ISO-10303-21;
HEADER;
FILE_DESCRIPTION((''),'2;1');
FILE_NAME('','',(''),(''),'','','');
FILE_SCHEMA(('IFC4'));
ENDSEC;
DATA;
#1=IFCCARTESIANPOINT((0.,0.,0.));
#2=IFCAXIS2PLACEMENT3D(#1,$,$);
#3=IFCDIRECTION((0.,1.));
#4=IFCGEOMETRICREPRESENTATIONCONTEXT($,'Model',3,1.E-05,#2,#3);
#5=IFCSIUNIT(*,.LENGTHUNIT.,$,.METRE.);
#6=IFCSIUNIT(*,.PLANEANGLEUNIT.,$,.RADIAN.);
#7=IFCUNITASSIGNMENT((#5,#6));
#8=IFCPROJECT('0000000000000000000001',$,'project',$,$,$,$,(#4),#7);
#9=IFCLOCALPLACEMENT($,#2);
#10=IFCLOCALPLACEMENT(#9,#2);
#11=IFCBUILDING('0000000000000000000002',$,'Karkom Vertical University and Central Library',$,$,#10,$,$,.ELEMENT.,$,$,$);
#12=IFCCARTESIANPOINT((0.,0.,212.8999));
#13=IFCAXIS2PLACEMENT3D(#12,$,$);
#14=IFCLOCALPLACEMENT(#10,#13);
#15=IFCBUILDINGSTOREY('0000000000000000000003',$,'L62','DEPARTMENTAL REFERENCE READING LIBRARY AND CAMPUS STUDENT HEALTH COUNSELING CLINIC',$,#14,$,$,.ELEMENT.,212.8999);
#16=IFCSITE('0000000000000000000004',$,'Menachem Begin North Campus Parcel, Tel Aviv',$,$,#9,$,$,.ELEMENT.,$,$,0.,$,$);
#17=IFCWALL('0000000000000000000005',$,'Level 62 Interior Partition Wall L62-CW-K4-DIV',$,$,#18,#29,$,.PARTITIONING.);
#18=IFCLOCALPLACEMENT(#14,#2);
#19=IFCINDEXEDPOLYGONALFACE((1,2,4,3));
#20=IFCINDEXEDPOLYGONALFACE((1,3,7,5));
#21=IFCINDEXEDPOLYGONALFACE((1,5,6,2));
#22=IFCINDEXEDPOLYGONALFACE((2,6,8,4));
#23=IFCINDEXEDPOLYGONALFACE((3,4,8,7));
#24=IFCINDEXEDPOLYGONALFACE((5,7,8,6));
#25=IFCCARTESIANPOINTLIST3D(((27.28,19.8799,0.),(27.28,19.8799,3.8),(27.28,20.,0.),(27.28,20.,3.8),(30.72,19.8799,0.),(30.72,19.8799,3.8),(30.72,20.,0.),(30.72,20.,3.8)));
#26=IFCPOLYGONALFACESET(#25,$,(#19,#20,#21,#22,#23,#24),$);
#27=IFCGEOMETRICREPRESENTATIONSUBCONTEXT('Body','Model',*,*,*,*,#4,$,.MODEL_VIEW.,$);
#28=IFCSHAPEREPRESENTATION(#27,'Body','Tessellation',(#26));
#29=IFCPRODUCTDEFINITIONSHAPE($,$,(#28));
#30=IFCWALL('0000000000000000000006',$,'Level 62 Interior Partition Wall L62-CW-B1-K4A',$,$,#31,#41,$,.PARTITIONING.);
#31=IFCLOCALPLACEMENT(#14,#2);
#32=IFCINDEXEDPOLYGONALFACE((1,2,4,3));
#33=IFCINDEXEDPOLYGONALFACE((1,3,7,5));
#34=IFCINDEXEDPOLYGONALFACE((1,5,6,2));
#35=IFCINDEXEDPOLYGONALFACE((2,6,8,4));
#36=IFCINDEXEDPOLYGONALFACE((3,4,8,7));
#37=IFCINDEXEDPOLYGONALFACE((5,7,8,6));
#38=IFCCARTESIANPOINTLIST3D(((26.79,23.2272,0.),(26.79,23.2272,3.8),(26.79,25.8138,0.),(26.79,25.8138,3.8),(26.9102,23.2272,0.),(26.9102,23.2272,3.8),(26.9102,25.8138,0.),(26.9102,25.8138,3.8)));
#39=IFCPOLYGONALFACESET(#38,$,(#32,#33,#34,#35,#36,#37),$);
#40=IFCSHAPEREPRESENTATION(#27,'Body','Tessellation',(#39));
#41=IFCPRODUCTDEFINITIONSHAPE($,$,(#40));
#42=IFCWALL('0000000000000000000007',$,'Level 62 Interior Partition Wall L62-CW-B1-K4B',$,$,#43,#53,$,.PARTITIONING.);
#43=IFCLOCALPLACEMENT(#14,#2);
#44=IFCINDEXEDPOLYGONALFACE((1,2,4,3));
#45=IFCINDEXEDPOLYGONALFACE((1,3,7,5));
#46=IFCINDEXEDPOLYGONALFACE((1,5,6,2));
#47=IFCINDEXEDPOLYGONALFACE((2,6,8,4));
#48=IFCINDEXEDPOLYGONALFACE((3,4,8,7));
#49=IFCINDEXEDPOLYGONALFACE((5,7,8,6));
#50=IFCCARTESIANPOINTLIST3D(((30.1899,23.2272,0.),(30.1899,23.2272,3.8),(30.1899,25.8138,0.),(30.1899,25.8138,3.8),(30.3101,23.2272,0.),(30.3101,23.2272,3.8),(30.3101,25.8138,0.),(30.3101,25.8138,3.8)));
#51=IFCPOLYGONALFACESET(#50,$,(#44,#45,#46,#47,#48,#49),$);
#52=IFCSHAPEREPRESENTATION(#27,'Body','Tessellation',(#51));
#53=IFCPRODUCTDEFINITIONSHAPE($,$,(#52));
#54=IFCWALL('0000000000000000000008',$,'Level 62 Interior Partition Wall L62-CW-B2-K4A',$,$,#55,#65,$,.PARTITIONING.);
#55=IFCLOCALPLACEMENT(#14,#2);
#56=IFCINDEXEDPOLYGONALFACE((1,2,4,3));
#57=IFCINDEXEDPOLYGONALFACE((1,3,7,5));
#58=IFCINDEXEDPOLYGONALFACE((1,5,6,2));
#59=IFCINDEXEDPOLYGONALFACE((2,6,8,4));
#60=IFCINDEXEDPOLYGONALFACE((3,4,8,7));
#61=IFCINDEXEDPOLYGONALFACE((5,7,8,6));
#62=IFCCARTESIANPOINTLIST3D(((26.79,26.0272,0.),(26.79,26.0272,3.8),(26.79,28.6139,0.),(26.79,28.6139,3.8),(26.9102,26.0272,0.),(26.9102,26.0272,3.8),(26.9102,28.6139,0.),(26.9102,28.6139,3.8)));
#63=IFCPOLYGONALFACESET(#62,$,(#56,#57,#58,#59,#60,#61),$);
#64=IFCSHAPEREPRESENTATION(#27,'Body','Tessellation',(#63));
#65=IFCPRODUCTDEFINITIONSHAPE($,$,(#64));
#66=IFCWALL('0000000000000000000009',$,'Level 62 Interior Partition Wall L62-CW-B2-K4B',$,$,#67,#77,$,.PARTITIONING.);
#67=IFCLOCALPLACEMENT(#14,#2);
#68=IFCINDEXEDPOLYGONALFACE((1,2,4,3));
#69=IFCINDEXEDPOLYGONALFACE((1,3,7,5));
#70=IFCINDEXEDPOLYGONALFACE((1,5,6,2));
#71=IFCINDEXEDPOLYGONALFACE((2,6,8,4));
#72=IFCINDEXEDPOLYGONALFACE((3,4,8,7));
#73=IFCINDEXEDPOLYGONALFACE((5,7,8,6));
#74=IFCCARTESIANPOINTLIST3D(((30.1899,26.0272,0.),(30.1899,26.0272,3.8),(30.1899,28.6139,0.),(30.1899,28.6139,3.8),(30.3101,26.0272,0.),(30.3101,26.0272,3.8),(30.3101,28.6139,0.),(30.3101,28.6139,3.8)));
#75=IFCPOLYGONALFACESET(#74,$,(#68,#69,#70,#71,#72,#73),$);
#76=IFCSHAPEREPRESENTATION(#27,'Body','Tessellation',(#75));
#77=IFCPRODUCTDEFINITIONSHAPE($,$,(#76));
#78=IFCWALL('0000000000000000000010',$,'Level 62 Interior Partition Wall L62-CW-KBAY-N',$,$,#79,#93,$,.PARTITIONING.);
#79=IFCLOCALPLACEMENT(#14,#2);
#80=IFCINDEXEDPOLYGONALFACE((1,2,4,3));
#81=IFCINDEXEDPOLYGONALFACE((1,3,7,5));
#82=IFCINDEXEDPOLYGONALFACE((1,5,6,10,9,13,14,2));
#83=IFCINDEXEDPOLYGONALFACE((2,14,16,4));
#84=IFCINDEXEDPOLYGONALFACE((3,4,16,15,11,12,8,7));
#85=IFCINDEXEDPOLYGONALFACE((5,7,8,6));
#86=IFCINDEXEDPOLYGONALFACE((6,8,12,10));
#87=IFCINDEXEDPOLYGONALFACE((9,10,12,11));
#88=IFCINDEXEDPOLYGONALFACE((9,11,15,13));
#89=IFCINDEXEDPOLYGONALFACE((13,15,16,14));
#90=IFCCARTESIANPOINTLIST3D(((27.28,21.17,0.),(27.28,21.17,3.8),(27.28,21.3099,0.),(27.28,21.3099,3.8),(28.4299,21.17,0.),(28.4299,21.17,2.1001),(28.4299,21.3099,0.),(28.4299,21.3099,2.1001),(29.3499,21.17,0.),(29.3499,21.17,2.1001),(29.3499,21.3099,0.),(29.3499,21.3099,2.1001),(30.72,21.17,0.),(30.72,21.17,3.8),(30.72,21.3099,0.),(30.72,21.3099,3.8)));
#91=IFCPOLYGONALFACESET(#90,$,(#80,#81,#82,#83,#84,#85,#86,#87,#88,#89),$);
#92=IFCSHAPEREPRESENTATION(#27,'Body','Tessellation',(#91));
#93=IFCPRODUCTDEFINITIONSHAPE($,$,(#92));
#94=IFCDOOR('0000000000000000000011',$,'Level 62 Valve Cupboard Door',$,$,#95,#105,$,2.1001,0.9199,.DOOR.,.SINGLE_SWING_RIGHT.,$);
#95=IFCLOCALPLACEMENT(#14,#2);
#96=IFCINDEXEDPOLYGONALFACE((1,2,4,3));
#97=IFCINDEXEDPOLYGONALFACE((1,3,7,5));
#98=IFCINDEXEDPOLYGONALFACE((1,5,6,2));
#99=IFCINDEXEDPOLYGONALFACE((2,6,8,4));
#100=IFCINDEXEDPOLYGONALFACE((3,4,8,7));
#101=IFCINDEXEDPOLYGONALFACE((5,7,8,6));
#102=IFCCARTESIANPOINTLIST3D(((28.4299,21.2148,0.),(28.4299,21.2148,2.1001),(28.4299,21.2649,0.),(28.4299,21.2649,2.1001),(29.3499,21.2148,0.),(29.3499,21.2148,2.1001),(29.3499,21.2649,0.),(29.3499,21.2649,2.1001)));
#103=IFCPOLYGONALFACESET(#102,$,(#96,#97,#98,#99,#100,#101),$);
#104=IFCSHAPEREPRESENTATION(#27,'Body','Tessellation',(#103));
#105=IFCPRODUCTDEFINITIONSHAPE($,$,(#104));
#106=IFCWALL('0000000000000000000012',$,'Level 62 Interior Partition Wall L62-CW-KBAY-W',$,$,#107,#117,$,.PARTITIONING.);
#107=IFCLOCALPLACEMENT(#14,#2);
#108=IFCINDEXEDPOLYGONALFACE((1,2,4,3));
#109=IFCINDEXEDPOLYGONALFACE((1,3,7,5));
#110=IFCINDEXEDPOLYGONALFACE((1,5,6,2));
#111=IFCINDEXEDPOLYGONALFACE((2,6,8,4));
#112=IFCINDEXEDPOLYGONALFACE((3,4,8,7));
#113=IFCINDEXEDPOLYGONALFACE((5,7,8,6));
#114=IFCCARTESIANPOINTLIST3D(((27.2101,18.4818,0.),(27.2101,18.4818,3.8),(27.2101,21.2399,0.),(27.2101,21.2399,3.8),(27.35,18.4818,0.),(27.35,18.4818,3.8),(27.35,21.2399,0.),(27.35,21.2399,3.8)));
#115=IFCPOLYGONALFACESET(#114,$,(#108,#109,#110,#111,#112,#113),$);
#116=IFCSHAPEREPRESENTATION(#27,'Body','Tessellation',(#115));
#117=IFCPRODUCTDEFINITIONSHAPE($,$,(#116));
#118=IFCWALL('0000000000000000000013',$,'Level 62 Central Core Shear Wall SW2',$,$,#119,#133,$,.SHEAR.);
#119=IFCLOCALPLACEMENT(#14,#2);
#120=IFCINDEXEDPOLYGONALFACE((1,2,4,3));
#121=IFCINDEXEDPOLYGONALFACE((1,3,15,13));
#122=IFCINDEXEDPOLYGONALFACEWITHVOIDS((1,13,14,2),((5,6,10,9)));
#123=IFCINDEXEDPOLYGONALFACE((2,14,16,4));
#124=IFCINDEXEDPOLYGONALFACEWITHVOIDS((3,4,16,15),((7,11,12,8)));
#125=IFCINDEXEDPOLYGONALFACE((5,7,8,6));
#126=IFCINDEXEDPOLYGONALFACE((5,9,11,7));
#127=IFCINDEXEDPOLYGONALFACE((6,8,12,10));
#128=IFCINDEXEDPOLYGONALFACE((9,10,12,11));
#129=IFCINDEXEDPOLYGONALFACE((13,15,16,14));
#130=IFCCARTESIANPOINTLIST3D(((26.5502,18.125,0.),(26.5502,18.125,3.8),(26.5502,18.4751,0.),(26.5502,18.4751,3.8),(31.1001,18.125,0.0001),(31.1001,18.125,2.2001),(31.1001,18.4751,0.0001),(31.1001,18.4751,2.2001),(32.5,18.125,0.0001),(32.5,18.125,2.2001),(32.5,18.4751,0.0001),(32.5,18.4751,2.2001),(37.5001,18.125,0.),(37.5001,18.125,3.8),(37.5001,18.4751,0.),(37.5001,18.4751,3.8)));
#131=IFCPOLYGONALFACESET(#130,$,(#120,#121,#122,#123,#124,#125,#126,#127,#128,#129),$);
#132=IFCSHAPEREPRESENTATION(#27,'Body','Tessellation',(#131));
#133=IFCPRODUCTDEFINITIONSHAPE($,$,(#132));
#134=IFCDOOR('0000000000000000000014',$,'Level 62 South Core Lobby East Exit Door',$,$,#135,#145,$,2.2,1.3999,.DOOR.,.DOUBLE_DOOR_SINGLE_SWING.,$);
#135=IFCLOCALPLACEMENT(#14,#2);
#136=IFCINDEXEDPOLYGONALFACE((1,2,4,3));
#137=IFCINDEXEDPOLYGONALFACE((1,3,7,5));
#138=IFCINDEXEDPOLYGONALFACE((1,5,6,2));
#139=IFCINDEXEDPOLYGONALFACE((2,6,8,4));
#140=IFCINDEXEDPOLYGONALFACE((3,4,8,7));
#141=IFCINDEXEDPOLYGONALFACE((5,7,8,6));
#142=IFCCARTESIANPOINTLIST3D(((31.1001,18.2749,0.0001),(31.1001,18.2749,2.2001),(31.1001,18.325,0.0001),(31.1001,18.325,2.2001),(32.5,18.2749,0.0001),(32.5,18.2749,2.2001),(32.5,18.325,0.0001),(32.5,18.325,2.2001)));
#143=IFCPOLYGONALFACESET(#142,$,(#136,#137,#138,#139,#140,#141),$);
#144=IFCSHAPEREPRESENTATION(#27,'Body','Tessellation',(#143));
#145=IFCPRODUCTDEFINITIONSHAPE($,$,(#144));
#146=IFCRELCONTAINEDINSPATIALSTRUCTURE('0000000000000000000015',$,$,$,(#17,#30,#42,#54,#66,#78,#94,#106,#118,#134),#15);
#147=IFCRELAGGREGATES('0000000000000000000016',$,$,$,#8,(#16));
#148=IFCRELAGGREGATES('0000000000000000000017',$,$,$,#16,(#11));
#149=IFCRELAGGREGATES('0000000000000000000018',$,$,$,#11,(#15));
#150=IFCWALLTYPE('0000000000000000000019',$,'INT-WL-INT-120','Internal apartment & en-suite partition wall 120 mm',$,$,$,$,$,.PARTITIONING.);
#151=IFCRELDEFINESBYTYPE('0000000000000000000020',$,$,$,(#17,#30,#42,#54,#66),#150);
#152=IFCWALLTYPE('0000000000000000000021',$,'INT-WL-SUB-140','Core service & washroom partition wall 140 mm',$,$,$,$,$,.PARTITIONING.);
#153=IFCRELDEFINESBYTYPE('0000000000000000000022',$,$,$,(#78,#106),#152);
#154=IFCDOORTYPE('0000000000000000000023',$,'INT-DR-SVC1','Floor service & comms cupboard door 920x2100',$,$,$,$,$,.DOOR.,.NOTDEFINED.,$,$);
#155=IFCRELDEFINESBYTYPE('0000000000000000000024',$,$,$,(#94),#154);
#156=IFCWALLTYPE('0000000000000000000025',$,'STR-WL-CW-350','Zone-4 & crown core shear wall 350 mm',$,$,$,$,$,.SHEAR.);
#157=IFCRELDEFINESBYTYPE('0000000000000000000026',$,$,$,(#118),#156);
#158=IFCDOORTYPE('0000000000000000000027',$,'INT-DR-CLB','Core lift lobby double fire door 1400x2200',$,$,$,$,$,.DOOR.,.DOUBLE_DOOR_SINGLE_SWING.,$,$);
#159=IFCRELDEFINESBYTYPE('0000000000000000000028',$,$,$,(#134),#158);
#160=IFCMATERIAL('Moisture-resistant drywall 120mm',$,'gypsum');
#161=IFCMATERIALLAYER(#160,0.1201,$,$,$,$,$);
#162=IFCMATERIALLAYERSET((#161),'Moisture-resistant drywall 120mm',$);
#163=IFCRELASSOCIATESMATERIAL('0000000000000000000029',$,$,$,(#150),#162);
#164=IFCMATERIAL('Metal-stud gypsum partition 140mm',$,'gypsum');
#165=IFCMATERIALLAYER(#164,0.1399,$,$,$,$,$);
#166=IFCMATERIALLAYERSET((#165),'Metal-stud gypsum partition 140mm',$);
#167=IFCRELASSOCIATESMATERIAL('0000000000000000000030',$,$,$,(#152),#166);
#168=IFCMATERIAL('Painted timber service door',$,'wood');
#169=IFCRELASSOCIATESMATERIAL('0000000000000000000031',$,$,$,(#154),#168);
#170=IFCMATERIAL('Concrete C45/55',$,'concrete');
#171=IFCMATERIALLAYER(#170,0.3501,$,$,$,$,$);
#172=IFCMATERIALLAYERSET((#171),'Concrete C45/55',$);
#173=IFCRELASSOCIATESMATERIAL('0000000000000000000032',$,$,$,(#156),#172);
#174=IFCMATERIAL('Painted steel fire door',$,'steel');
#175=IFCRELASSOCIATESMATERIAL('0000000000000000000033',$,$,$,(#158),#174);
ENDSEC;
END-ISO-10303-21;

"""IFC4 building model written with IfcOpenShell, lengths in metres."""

from ifc_helpers import new_model, si_unit, direction, frame, frame_2d, origin, origin_with_axes, place, context, subcontext, project, spatial, rectangle, extrude, source, transform, mapped, material, layer, layer_set, type_object, element, fill, save


model = new_model("IFC4")

# Units and contexts
model_context = context("Model", 3, precision=1e-05, world=origin(), true_north=direction((0.0, 1.0)))
body_context = subcontext(model_context, "Body", "Model", "MODEL_VIEW")
ifc_project = project(units=[si_unit("LENGTHUNIT", "METRE"), si_unit("PLANEANGLEUNIT", "RADIAN")], contexts=[model_context])

# Site, building, storey
site_placement = place(None, origin())
site = spatial("IfcSite", under=ifc_project, at=site_placement, Name="Menachem Begin North Campus Parcel, Tel Aviv", CompositionType="ELEMENT", RefElevation=0.0)
building_placement = place(site_placement, origin())
building = spatial("IfcBuilding", under=site, at=building_placement, Name="Karkom Vertical University and Central Library", CompositionType="ELEMENT")
storey_placement = place(building_placement, frame((0.0, 0.0, 212.8999)))
storey = spatial("IfcBuildingStorey", under=building, at=storey_placement, Name="L62", Description="DEPARTMENTAL REFERENCE READING LIBRARY AND CAMPUS STUDENT HEALTH COUNSELING CLINIC", CompositionType="ELEMENT", Elevation=212.8999)

# Shared definitions
ifc_material_1 = material(Name="Concrete C45/55", Category="concrete")

# Walls
ifc_material_2 = material(Name="Moisture-resistant drywall 120mm", Category="gypsum")
ifc_layer_1 = layer(ifc_material_2, 0.1201)
ifc_layer_set_1 = layer_set([ifc_layer_1], Name="Moisture-resistant drywall 120mm")
wall_type_1 = type_object("IfcWallType", Name="INT-WL-INT-120", Description="Internal apartment & en-suite partition wall 120 mm", PredefinedType="PARTITIONING", material=ifc_layer_set_1)
wall_1_placement = place(storey_placement, frame((27.28, 19.9399, 0.0), z_axis=(0.0, 0.0, 1.0), x_axis=(1.0, 0.0, 0.0)))
element("IfcWall", 1, at=wall_1_placement, inside=storey, type_object=wall_type_1, Name="Level 62 Interior Partition Wall L62-CW-K4-DIV", PredefinedType="PARTITIONING", context=body_context, shape_type="SweptSolid", body=[
    extrude(rectangle(XDim=3.4399, YDim=0.1201, at=frame_2d((1.72, 0.0))), origin(), (0.0, 0.0, 1.0), 3.8),
])
for number, where, z_axis, x_axis, name in (
    (2, (26.8501, 23.2271, 0.0), (0.0, 0.0, 1.0), (0.0, 1.0, 0.0), "Level 62 Interior Partition Wall L62-CW-B1-K4A"),
    (3, (30.25, 23.2271, 0.0), (0.0, 0.0, 1.0), (0.0, 1.0, 0.0), "Level 62 Interior Partition Wall L62-CW-B1-K4B"),
    (4, (26.8501, 26.0271, 0.0), (0.0, 0.0, 1.0), (0.0, 1.0, 0.0), "Level 62 Interior Partition Wall L62-CW-B2-K4A"),
    (5, (30.25, 26.0271, 0.0), (0.0, 0.0, 1.0), (0.0, 1.0, 0.0), "Level 62 Interior Partition Wall L62-CW-B2-K4B"),
):
    element("IfcWall", number, at=place(storey_placement, frame(where, z_axis=z_axis, x_axis=x_axis)), inside=storey, type_object=wall_type_1, Name=name, PredefinedType="PARTITIONING", context=body_context, shape_type="SweptSolid", body=[
        extrude(rectangle(XDim=2.5867, YDim=0.1201, at=frame_2d((1.2935, 0.0))), origin(), (0.0, 0.0, 1.0), 3.8),
    ])

# Wall, opening, door
ifc_material_3 = material(Name="Metal-stud gypsum partition 140mm", Category="gypsum")
ifc_layer_2 = layer(ifc_material_3, 0.1399)
ifc_layer_set_2 = layer_set([ifc_layer_2], Name="Metal-stud gypsum partition 140mm")
wall_type_2 = type_object("IfcWallType", Name="INT-WL-SUB-140", Description="Core service & washroom partition wall 140 mm", PredefinedType="PARTITIONING", material=ifc_layer_set_2)
wall_2_placement = place(storey_placement, frame((27.28, 21.24, 0.0), z_axis=(0.0, 0.0, 1.0), x_axis=(1.0, 0.0, 0.0)))
wall_2 = element("IfcWall", 6, at=wall_2_placement, inside=storey, type_object=wall_type_2, Name="Level 62 Interior Partition Wall L62-CW-KBAY-N", PredefinedType="PARTITIONING", context=body_context, shape_type="SweptSolid", body=[
    extrude(rectangle(XDim=3.4399, YDim=0.1399, at=frame_2d((1.72, 0.0))), origin(), (0.0, 0.0, 1.0), 3.8),
])
opening_1_placement = place(wall_2_placement, frame((1.1499, 0.0, 0.0)))
opening_1 = element("IfcOpeningElement", 7, at=opening_1_placement, cuts=wall_2, PredefinedType="OPENING", context=body_context, shape_type="SweptSolid", body=[
    extrude(rectangle(XDim=0.9199, YDim=2.1001, at=frame_2d((0.46, 1.05))), frame((0.0, 0.0801, 0.0), z_axis=(0.0, -1.0, 0.0), x_axis=(1.0, 0.0, 0.0)), (0.0, 0.0, 1.0), 0.1599),
])
ifc_material_4 = material(Name="Painted timber service door", Category="wood")
door_type_1 = type_object("IfcDoorType", Name="INT-DR-SVC1", Description="Floor service & comms cupboard door 920x2100", OperationType="NOTDEFINED", PredefinedType="DOOR", material=ifc_material_4)
shared_shape_1 = source(origin_with_axes(), body_context, "Body", "SweptSolid", [
    extrude(rectangle(XDim=0.9199, YDim=2.1001, at=frame_2d((0.46, 1.05))), frame((0.0, 0.0249, 0.0), z_axis=(0.0, -1.0, 0.0), x_axis=(1.0, 0.0, 0.0)), (0.0, 0.0, 1.0), 0.05),
])
door_1_placement = place(opening_1_placement, origin())
door_1 = element("IfcDoor", 8, at=door_1_placement, inside=storey, type_object=door_type_1, Name="Level 62 Valve Cupboard Door", OperationType="SINGLE_SWING_RIGHT", OverallHeight=2.1001, OverallWidth=0.9199, PredefinedType="DOOR", context=body_context, shape_type="MappedRepresentation", body=[
    mapped(shared_shape_1, transform((0.0, 0.0, 0.0), scale=1.0)),
])
fill(opening_1, door_1)

# Wall
wall_3_placement = place(storey_placement, frame((27.28, 18.4819, 0.0), z_axis=(0.0, 0.0, 1.0), x_axis=(0.0, 1.0, 0.0)))
element("IfcWall", 9, at=wall_3_placement, inside=storey, type_object=wall_type_2, Name="Level 62 Interior Partition Wall L62-CW-KBAY-W", PredefinedType="PARTITIONING", context=body_context, shape_type="SweptSolid", body=[
    extrude(rectangle(XDim=2.7581, YDim=0.1399, at=frame_2d((1.3789, 0.0))), origin(), (0.0, 0.0, 1.0), 3.8),
])

# Wall, opening, door
ifc_layer_3 = layer(ifc_material_1, 0.3501)
ifc_layer_set_3 = layer_set([ifc_layer_3], Name="Concrete C45/55")
wall_type_3 = type_object("IfcWallType", Name="STR-WL-CW-350", Description="Zone-4 & crown core shear wall 350 mm", PredefinedType="SHEAR", material=ifc_layer_set_3)
wall_4_placement = place(storey_placement, frame((26.55, 18.3, 0.0), z_axis=(0.0, 0.0, 1.0), x_axis=(1.0, 0.0, 0.0)))
wall_4 = element("IfcWall", 10, at=wall_4_placement, inside=storey, type_object=wall_type_3, Name="Level 62 Central Core Shear Wall SW2", PredefinedType="SHEAR", context=body_context, shape_type="SweptSolid", body=[
    extrude(rectangle(XDim=10.95, YDim=0.3501, at=frame_2d((5.4751, 0.0))), origin(), (0.0, 0.0, 1.0), 3.8),
])
opening_2_placement = place(wall_4_placement, frame((4.55, 0.0, 0.0)))
opening_2 = element("IfcOpeningElement", 11, at=opening_2_placement, cuts=wall_4, PredefinedType="OPENING", context=body_context, shape_type="SweptSolid", body=[
    extrude(rectangle(XDim=1.3999, YDim=2.2, at=frame_2d((0.7, 1.1001))), frame((0.0, 0.1851, 0.0), z_axis=(0.0, -1.0, 0.0), x_axis=(1.0, 0.0, 0.0)), (0.0, 0.0, 1.0), 0.3701),
])
ifc_material_5 = material(Name="Painted steel fire door", Category="steel")
door_type_2 = type_object("IfcDoorType", Name="INT-DR-CLB", Description="Core lift lobby double fire door 1400x2200", OperationType="DOUBLE_DOOR_SINGLE_SWING", PredefinedType="DOOR", material=ifc_material_5)
shared_shape_2 = source(origin_with_axes(), body_context, "Body", "SweptSolid", [
    extrude(rectangle(XDim=1.3999, YDim=2.2, at=frame_2d((0.7, 1.1001))), frame((0.0, 0.0249, 0.0), z_axis=(0.0, -1.0, 0.0), x_axis=(1.0, 0.0, 0.0)), (0.0, 0.0, 1.0), 0.05),
])
door_2_placement = place(opening_2_placement, origin())
door_2 = element("IfcDoor", 12, at=door_2_placement, inside=storey, type_object=door_type_2, Name="Level 62 South Core Lobby East Exit Door", OperationType="DOUBLE_DOOR_SINGLE_SWING", OverallHeight=2.2, OverallWidth=1.3999, PredefinedType="DOOR", context=body_context, shape_type="MappedRepresentation", body=[
    mapped(shared_shape_2, transform((0.0, 0.0, 0.0), scale=1.0)),
])
fill(opening_2, door_2)

save(model, "model.ifc")
